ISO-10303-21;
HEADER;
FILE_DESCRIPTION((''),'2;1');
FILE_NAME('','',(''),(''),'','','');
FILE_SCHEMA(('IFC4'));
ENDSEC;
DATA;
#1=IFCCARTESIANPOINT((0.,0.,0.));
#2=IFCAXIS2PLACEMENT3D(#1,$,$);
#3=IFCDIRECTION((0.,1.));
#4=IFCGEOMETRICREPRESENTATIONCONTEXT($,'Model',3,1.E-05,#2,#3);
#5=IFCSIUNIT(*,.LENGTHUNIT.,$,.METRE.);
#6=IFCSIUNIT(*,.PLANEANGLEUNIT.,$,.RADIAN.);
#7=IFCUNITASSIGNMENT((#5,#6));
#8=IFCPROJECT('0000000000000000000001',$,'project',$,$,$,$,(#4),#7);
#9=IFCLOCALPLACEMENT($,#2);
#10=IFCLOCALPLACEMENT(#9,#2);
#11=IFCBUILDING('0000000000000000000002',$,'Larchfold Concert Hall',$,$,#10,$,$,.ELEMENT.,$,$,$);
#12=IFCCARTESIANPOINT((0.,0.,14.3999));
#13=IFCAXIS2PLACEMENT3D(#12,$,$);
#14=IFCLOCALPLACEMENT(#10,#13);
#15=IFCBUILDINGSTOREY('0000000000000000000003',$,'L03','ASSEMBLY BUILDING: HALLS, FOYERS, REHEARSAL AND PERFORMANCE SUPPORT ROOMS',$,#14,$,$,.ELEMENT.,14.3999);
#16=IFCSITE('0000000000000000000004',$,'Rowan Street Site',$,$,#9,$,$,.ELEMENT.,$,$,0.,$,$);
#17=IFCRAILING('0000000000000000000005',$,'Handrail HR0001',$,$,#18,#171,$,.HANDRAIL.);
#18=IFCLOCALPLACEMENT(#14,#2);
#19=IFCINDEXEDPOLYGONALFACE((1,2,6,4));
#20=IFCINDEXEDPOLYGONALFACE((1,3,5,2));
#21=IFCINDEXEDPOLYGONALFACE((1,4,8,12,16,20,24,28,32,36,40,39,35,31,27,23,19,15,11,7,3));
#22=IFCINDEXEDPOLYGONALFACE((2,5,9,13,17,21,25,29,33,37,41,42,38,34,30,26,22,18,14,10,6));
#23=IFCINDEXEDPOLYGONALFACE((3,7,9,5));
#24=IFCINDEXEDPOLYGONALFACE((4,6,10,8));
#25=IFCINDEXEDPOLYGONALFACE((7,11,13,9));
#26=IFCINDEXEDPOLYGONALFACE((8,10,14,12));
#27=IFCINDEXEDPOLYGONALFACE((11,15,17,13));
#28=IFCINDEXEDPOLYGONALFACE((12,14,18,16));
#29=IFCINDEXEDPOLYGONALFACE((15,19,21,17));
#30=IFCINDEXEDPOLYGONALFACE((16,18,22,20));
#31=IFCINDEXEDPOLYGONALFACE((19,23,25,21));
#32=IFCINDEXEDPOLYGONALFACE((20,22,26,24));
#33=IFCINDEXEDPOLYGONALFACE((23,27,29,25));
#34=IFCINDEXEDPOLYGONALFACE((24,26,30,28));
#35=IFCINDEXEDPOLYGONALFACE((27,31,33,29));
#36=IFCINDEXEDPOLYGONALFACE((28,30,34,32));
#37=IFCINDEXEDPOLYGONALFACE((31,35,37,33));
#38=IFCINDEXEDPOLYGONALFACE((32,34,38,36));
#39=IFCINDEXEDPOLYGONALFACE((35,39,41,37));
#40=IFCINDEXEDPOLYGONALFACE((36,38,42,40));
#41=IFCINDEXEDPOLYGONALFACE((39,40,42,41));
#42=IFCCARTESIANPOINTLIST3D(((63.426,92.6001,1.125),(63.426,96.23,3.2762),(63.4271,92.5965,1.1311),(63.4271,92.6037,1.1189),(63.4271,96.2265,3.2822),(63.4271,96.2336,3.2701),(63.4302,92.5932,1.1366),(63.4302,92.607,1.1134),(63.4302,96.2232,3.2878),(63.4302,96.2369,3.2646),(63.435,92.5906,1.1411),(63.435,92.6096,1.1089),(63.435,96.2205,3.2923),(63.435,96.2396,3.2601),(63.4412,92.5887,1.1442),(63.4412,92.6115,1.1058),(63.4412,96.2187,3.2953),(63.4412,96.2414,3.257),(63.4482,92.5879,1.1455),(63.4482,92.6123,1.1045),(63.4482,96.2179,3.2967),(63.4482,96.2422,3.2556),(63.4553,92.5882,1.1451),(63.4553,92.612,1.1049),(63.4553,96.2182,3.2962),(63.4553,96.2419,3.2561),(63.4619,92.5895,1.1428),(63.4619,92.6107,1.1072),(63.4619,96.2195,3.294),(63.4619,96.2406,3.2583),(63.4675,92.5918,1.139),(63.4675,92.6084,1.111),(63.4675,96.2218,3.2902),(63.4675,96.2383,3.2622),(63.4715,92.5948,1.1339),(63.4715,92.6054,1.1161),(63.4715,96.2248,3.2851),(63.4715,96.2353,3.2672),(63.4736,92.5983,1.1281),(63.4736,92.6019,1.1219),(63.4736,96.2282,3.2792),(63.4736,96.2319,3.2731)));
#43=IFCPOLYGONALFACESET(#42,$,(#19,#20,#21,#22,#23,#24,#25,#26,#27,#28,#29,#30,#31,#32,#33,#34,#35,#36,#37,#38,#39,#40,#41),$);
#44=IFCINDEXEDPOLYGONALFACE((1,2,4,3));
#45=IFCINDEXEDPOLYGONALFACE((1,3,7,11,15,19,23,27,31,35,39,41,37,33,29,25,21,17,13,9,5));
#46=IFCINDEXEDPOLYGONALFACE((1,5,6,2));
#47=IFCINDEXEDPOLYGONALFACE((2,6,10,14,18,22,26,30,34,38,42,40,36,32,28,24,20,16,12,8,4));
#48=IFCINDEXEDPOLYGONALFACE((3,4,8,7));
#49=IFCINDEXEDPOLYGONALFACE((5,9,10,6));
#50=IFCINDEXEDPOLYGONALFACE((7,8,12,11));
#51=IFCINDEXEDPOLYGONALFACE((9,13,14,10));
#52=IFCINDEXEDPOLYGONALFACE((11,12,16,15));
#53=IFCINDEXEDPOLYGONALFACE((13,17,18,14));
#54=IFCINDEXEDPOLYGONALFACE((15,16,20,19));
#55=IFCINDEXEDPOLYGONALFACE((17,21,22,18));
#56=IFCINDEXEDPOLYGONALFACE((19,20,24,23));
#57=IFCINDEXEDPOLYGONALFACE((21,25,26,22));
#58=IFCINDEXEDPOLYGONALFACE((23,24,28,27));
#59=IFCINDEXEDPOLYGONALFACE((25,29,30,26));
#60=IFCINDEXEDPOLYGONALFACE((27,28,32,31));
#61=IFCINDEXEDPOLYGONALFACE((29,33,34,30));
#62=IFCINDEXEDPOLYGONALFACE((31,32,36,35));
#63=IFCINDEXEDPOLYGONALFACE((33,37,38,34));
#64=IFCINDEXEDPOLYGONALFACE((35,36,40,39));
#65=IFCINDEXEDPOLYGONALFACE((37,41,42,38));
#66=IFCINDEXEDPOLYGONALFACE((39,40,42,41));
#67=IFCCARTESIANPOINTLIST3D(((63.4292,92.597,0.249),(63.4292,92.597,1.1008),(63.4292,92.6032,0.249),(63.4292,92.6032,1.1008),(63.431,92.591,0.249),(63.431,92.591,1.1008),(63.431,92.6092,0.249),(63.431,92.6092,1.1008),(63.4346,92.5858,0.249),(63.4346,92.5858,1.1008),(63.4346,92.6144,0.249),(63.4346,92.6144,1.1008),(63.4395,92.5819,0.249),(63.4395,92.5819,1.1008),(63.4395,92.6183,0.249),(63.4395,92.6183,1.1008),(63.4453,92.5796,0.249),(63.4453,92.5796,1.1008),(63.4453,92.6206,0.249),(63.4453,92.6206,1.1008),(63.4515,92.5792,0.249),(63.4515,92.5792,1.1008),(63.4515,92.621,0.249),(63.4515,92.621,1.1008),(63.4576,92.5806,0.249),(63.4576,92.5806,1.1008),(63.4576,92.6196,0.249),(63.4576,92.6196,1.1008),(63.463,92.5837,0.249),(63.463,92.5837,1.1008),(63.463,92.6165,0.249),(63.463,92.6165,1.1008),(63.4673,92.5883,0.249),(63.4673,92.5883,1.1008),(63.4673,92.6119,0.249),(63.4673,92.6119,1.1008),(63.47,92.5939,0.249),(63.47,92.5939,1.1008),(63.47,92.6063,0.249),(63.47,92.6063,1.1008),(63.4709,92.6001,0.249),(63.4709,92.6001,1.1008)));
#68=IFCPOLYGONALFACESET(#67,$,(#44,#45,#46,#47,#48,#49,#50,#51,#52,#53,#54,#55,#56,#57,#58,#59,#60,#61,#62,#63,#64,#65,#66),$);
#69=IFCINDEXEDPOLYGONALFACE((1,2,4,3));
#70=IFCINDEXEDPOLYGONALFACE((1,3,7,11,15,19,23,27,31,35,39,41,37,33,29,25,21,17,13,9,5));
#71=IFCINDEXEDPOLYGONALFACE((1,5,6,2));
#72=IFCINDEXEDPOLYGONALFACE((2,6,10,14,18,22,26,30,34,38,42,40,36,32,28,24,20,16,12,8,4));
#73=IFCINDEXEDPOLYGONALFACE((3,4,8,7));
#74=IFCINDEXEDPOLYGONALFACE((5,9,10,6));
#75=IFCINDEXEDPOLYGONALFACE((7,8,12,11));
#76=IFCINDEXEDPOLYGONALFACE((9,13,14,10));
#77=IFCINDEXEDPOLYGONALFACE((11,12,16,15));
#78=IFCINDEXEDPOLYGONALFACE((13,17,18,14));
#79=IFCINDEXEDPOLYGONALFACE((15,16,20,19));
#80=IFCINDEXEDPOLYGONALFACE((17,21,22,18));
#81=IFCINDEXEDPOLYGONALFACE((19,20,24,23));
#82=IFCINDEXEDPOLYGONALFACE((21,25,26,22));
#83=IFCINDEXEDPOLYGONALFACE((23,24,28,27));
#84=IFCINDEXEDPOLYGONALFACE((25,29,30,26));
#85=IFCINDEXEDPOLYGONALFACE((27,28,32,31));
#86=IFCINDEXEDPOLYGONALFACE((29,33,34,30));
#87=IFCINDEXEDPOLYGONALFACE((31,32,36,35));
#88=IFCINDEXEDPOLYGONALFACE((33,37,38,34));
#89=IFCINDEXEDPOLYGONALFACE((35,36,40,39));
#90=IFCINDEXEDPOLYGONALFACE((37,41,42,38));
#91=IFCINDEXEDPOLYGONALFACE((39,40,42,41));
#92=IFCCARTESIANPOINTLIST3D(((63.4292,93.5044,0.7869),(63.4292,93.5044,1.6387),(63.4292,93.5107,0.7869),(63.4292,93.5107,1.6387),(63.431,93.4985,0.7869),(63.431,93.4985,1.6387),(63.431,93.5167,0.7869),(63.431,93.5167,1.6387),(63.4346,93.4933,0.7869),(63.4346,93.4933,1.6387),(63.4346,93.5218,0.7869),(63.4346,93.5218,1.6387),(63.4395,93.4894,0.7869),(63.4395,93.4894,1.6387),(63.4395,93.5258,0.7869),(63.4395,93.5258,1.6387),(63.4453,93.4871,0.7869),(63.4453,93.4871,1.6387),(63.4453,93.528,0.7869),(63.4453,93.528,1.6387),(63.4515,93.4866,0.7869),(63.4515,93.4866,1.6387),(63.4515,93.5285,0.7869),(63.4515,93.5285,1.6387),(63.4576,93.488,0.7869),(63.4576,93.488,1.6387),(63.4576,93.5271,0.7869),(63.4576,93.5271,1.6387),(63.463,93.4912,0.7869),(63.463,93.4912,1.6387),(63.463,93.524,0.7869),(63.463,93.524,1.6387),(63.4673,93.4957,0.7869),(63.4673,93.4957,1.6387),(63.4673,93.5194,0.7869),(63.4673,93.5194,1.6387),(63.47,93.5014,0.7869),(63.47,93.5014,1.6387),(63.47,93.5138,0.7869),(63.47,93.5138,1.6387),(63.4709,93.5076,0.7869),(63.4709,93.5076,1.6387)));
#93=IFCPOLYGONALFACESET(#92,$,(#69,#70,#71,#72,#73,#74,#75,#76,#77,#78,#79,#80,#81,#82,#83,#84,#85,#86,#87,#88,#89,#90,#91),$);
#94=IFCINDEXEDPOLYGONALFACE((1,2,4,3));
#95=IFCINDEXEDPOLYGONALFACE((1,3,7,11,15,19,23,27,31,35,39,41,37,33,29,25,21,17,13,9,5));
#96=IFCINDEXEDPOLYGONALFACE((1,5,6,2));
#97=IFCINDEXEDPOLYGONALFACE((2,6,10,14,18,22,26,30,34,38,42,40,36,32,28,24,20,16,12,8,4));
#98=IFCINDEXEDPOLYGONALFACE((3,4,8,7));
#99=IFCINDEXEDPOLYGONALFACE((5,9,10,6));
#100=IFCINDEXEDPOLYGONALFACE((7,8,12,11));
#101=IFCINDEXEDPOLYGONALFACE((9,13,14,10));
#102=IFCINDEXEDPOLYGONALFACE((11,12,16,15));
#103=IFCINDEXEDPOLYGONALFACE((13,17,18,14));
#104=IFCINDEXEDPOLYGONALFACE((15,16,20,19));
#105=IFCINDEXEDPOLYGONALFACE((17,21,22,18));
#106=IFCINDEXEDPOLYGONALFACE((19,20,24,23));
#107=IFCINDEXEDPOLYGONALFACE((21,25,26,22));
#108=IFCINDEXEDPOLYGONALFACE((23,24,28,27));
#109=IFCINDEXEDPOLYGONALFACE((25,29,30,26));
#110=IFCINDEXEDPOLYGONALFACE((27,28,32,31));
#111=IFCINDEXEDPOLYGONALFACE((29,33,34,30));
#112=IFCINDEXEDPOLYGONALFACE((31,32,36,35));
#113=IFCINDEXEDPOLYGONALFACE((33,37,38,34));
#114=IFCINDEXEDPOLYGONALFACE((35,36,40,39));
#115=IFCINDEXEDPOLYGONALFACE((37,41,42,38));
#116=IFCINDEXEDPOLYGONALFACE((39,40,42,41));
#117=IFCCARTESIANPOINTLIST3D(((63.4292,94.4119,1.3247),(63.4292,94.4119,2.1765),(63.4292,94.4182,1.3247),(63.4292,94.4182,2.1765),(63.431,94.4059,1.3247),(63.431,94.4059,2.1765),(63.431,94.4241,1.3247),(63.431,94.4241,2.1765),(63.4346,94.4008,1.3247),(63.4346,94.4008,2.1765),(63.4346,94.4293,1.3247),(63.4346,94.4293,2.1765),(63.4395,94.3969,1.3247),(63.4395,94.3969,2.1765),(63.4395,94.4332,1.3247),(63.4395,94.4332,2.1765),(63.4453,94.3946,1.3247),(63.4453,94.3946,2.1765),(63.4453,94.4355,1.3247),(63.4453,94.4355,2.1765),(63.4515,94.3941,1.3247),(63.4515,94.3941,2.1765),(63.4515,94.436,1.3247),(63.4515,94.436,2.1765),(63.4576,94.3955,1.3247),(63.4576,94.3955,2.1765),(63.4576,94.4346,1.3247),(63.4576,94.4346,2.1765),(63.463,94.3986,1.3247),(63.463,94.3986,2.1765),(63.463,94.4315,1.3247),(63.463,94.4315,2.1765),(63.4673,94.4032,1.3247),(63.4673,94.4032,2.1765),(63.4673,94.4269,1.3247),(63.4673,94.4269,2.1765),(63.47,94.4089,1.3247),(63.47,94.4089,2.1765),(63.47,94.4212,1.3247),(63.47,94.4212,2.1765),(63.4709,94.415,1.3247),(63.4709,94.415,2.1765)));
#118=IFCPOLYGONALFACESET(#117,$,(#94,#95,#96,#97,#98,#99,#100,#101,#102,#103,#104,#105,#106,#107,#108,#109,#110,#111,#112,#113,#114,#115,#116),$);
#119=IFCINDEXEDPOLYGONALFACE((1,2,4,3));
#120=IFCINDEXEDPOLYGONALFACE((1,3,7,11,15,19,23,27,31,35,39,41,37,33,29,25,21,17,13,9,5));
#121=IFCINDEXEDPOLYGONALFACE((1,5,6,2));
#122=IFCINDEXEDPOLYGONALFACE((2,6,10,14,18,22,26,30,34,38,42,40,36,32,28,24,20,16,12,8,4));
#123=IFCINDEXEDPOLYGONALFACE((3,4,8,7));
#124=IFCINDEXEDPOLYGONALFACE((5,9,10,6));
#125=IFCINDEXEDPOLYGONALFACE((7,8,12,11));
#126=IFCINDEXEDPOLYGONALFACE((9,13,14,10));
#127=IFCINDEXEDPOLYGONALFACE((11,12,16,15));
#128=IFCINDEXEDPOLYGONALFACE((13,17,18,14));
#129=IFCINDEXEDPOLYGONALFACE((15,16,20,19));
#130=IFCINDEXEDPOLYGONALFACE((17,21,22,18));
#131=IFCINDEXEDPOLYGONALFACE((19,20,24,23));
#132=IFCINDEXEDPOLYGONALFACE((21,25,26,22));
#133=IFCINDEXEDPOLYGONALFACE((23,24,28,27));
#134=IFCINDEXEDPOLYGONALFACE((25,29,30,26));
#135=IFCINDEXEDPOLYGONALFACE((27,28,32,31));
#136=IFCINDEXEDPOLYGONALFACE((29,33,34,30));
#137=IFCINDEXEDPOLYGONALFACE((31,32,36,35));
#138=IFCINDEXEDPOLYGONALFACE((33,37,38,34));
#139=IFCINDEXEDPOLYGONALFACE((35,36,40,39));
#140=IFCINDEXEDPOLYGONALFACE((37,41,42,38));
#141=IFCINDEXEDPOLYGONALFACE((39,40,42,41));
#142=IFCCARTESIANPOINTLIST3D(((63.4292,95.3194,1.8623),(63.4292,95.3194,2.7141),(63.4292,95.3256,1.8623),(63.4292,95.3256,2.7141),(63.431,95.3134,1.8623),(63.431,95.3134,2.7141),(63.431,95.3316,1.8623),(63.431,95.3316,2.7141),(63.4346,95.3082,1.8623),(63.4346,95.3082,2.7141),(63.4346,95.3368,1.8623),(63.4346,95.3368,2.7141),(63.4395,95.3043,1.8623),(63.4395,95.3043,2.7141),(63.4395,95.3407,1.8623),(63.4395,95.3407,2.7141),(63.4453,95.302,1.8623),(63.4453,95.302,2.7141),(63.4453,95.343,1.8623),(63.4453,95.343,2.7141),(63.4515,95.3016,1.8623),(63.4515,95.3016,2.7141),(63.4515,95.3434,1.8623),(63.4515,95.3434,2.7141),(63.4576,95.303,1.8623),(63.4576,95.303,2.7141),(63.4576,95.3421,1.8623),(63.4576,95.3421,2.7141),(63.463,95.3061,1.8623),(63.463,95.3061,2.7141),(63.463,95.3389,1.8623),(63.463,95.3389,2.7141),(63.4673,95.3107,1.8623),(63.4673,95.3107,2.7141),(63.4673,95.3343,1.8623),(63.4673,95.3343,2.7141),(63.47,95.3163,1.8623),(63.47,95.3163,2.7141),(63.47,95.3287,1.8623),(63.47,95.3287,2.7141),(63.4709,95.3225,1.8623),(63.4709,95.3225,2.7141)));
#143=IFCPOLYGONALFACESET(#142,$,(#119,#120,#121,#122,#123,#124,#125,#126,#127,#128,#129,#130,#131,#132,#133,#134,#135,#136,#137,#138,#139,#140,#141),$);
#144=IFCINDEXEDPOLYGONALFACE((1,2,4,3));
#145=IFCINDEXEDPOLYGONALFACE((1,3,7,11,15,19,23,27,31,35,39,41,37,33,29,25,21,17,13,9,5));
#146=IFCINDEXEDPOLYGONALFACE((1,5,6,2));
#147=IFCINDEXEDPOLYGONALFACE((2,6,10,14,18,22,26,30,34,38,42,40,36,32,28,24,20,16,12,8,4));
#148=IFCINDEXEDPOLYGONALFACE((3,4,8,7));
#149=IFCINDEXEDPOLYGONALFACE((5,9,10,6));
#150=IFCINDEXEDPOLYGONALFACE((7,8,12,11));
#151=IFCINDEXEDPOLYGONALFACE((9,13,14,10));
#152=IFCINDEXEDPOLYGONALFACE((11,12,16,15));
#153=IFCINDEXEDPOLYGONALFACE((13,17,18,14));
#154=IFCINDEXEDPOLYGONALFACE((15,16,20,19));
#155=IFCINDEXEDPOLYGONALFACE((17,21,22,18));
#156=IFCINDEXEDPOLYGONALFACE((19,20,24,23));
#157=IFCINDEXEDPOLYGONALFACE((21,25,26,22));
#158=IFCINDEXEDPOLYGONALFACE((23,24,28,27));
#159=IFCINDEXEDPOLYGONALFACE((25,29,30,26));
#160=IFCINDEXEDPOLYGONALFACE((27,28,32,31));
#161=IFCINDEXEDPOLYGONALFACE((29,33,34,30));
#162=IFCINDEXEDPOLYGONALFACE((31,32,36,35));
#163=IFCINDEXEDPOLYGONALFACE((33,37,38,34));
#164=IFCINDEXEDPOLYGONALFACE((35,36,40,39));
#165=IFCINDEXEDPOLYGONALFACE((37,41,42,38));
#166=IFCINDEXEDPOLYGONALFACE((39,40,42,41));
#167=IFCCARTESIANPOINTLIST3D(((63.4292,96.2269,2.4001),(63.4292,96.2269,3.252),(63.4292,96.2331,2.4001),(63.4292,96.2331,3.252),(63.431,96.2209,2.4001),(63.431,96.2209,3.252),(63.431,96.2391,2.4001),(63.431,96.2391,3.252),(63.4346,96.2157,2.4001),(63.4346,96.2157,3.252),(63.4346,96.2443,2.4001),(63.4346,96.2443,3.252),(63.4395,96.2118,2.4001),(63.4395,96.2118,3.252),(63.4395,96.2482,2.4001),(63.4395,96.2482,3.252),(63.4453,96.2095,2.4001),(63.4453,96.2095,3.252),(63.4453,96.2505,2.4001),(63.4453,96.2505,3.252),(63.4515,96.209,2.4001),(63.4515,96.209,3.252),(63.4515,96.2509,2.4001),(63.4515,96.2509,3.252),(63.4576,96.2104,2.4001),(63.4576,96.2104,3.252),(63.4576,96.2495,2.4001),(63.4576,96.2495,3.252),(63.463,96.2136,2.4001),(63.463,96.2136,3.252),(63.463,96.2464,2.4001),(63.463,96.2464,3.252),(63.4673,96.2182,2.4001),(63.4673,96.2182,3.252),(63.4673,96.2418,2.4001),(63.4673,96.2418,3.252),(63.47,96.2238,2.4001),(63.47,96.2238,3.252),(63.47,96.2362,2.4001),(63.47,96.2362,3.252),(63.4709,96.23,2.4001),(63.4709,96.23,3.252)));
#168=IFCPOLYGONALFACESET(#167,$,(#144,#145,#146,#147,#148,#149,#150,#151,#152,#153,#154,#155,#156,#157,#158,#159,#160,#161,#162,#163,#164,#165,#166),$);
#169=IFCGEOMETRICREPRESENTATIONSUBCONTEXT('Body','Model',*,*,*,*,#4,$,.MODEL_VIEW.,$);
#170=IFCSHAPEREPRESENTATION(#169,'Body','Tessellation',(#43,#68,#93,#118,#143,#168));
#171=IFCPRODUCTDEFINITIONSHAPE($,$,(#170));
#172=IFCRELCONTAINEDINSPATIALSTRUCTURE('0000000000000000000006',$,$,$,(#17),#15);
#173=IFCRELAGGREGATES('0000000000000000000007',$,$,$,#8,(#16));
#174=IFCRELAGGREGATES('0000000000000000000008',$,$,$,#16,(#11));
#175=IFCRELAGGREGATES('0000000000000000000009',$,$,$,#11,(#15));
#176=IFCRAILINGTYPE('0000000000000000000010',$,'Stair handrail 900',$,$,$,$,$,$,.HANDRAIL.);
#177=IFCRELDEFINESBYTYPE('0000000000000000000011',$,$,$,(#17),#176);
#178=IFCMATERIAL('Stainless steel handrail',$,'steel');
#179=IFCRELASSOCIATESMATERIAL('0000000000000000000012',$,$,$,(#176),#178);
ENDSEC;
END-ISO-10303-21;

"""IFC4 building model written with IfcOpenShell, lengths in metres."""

from ifc_helpers import new_model, si_unit, direction, frame, origin, origin_2d, place, context, subcontext, project, spatial, circle, extrude, material, type_object, element, save


model = new_model("IFC4")

# Units and contexts
model_context = context("Model", 3, precision=1e-05, world=origin(), true_north=direction((0.0, 1.0)))
body_context = subcontext(model_context, "Body", "Model", "MODEL_VIEW")
ifc_project = project(units=[si_unit("LENGTHUNIT", "METRE"), si_unit("PLANEANGLEUNIT", "RADIAN")], contexts=[model_context])

# Site, building, storey
site_placement = place(None, origin())
site = spatial("IfcSite", under=ifc_project, at=site_placement, Name="Rowan Street Site", CompositionType="ELEMENT", RefElevation=0.0)
building_placement = place(site_placement, origin())
building = spatial("IfcBuilding", under=site, at=building_placement, Name="Larchfold Concert Hall", CompositionType="ELEMENT")
storey_placement = place(building_placement, frame((0.0, 0.0, 14.3999)))
storey = spatial("IfcBuildingStorey", under=building, at=storey_placement, Name="L03", Description="ASSEMBLY BUILDING: HALLS, FOYERS, REHEARSAL AND PERFORMANCE SUPPORT ROOMS", CompositionType="ELEMENT", Elevation=14.3999)

# Railing
ifc_material_1 = material(Name="Stainless steel handrail", Category="steel")
railing_type_1 = type_object("IfcRailingType", Name="Stair handrail 900", PredefinedType="HANDRAIL", material=ifc_material_1)
railing_1_placement = place(storey_placement, frame((63.45, 92.6001, 0.249)))
element("IfcRailing", 1, at=railing_1_placement, inside=storey, type_object=railing_type_1, Name="Handrail HR0001", PredefinedType="HANDRAIL", context=body_context, shape_type="SweptSolid", body=[
    extrude(circle(Radius=0.0239, at=origin_2d()), frame((0.0, 0.0, 0.876), z_axis=(0.0, 0.860283, 0.509817), x_axis=(-1.0, 0.0, 0.0)), (0.0, 0.0, 1.0), 4.2195),
    extrude(circle(Radius=0.021, at=origin_2d()), origin(), (0.0, 0.0, 1.0), 0.8518),
    extrude(circle(Radius=0.021, at=origin_2d()), frame((0.0, 0.9075, 0.5378)), (0.0, 0.0, 1.0), 0.8518),
    extrude(circle(Radius=0.021, at=origin_2d()), frame((0.0, 1.8149, 1.0757)), (0.0, 0.0, 1.0), 0.8518),
    extrude(circle(Radius=0.021, at=origin_2d()), frame((0.0, 2.7224, 1.6133)), (0.0, 0.0, 1.0), 0.8518),
    extrude(circle(Radius=0.021, at=origin_2d()), frame((0.0, 3.6299, 2.1511)), (0.0, 0.0, 1.0), 0.8518),
])

save(model, "model.ifc")
